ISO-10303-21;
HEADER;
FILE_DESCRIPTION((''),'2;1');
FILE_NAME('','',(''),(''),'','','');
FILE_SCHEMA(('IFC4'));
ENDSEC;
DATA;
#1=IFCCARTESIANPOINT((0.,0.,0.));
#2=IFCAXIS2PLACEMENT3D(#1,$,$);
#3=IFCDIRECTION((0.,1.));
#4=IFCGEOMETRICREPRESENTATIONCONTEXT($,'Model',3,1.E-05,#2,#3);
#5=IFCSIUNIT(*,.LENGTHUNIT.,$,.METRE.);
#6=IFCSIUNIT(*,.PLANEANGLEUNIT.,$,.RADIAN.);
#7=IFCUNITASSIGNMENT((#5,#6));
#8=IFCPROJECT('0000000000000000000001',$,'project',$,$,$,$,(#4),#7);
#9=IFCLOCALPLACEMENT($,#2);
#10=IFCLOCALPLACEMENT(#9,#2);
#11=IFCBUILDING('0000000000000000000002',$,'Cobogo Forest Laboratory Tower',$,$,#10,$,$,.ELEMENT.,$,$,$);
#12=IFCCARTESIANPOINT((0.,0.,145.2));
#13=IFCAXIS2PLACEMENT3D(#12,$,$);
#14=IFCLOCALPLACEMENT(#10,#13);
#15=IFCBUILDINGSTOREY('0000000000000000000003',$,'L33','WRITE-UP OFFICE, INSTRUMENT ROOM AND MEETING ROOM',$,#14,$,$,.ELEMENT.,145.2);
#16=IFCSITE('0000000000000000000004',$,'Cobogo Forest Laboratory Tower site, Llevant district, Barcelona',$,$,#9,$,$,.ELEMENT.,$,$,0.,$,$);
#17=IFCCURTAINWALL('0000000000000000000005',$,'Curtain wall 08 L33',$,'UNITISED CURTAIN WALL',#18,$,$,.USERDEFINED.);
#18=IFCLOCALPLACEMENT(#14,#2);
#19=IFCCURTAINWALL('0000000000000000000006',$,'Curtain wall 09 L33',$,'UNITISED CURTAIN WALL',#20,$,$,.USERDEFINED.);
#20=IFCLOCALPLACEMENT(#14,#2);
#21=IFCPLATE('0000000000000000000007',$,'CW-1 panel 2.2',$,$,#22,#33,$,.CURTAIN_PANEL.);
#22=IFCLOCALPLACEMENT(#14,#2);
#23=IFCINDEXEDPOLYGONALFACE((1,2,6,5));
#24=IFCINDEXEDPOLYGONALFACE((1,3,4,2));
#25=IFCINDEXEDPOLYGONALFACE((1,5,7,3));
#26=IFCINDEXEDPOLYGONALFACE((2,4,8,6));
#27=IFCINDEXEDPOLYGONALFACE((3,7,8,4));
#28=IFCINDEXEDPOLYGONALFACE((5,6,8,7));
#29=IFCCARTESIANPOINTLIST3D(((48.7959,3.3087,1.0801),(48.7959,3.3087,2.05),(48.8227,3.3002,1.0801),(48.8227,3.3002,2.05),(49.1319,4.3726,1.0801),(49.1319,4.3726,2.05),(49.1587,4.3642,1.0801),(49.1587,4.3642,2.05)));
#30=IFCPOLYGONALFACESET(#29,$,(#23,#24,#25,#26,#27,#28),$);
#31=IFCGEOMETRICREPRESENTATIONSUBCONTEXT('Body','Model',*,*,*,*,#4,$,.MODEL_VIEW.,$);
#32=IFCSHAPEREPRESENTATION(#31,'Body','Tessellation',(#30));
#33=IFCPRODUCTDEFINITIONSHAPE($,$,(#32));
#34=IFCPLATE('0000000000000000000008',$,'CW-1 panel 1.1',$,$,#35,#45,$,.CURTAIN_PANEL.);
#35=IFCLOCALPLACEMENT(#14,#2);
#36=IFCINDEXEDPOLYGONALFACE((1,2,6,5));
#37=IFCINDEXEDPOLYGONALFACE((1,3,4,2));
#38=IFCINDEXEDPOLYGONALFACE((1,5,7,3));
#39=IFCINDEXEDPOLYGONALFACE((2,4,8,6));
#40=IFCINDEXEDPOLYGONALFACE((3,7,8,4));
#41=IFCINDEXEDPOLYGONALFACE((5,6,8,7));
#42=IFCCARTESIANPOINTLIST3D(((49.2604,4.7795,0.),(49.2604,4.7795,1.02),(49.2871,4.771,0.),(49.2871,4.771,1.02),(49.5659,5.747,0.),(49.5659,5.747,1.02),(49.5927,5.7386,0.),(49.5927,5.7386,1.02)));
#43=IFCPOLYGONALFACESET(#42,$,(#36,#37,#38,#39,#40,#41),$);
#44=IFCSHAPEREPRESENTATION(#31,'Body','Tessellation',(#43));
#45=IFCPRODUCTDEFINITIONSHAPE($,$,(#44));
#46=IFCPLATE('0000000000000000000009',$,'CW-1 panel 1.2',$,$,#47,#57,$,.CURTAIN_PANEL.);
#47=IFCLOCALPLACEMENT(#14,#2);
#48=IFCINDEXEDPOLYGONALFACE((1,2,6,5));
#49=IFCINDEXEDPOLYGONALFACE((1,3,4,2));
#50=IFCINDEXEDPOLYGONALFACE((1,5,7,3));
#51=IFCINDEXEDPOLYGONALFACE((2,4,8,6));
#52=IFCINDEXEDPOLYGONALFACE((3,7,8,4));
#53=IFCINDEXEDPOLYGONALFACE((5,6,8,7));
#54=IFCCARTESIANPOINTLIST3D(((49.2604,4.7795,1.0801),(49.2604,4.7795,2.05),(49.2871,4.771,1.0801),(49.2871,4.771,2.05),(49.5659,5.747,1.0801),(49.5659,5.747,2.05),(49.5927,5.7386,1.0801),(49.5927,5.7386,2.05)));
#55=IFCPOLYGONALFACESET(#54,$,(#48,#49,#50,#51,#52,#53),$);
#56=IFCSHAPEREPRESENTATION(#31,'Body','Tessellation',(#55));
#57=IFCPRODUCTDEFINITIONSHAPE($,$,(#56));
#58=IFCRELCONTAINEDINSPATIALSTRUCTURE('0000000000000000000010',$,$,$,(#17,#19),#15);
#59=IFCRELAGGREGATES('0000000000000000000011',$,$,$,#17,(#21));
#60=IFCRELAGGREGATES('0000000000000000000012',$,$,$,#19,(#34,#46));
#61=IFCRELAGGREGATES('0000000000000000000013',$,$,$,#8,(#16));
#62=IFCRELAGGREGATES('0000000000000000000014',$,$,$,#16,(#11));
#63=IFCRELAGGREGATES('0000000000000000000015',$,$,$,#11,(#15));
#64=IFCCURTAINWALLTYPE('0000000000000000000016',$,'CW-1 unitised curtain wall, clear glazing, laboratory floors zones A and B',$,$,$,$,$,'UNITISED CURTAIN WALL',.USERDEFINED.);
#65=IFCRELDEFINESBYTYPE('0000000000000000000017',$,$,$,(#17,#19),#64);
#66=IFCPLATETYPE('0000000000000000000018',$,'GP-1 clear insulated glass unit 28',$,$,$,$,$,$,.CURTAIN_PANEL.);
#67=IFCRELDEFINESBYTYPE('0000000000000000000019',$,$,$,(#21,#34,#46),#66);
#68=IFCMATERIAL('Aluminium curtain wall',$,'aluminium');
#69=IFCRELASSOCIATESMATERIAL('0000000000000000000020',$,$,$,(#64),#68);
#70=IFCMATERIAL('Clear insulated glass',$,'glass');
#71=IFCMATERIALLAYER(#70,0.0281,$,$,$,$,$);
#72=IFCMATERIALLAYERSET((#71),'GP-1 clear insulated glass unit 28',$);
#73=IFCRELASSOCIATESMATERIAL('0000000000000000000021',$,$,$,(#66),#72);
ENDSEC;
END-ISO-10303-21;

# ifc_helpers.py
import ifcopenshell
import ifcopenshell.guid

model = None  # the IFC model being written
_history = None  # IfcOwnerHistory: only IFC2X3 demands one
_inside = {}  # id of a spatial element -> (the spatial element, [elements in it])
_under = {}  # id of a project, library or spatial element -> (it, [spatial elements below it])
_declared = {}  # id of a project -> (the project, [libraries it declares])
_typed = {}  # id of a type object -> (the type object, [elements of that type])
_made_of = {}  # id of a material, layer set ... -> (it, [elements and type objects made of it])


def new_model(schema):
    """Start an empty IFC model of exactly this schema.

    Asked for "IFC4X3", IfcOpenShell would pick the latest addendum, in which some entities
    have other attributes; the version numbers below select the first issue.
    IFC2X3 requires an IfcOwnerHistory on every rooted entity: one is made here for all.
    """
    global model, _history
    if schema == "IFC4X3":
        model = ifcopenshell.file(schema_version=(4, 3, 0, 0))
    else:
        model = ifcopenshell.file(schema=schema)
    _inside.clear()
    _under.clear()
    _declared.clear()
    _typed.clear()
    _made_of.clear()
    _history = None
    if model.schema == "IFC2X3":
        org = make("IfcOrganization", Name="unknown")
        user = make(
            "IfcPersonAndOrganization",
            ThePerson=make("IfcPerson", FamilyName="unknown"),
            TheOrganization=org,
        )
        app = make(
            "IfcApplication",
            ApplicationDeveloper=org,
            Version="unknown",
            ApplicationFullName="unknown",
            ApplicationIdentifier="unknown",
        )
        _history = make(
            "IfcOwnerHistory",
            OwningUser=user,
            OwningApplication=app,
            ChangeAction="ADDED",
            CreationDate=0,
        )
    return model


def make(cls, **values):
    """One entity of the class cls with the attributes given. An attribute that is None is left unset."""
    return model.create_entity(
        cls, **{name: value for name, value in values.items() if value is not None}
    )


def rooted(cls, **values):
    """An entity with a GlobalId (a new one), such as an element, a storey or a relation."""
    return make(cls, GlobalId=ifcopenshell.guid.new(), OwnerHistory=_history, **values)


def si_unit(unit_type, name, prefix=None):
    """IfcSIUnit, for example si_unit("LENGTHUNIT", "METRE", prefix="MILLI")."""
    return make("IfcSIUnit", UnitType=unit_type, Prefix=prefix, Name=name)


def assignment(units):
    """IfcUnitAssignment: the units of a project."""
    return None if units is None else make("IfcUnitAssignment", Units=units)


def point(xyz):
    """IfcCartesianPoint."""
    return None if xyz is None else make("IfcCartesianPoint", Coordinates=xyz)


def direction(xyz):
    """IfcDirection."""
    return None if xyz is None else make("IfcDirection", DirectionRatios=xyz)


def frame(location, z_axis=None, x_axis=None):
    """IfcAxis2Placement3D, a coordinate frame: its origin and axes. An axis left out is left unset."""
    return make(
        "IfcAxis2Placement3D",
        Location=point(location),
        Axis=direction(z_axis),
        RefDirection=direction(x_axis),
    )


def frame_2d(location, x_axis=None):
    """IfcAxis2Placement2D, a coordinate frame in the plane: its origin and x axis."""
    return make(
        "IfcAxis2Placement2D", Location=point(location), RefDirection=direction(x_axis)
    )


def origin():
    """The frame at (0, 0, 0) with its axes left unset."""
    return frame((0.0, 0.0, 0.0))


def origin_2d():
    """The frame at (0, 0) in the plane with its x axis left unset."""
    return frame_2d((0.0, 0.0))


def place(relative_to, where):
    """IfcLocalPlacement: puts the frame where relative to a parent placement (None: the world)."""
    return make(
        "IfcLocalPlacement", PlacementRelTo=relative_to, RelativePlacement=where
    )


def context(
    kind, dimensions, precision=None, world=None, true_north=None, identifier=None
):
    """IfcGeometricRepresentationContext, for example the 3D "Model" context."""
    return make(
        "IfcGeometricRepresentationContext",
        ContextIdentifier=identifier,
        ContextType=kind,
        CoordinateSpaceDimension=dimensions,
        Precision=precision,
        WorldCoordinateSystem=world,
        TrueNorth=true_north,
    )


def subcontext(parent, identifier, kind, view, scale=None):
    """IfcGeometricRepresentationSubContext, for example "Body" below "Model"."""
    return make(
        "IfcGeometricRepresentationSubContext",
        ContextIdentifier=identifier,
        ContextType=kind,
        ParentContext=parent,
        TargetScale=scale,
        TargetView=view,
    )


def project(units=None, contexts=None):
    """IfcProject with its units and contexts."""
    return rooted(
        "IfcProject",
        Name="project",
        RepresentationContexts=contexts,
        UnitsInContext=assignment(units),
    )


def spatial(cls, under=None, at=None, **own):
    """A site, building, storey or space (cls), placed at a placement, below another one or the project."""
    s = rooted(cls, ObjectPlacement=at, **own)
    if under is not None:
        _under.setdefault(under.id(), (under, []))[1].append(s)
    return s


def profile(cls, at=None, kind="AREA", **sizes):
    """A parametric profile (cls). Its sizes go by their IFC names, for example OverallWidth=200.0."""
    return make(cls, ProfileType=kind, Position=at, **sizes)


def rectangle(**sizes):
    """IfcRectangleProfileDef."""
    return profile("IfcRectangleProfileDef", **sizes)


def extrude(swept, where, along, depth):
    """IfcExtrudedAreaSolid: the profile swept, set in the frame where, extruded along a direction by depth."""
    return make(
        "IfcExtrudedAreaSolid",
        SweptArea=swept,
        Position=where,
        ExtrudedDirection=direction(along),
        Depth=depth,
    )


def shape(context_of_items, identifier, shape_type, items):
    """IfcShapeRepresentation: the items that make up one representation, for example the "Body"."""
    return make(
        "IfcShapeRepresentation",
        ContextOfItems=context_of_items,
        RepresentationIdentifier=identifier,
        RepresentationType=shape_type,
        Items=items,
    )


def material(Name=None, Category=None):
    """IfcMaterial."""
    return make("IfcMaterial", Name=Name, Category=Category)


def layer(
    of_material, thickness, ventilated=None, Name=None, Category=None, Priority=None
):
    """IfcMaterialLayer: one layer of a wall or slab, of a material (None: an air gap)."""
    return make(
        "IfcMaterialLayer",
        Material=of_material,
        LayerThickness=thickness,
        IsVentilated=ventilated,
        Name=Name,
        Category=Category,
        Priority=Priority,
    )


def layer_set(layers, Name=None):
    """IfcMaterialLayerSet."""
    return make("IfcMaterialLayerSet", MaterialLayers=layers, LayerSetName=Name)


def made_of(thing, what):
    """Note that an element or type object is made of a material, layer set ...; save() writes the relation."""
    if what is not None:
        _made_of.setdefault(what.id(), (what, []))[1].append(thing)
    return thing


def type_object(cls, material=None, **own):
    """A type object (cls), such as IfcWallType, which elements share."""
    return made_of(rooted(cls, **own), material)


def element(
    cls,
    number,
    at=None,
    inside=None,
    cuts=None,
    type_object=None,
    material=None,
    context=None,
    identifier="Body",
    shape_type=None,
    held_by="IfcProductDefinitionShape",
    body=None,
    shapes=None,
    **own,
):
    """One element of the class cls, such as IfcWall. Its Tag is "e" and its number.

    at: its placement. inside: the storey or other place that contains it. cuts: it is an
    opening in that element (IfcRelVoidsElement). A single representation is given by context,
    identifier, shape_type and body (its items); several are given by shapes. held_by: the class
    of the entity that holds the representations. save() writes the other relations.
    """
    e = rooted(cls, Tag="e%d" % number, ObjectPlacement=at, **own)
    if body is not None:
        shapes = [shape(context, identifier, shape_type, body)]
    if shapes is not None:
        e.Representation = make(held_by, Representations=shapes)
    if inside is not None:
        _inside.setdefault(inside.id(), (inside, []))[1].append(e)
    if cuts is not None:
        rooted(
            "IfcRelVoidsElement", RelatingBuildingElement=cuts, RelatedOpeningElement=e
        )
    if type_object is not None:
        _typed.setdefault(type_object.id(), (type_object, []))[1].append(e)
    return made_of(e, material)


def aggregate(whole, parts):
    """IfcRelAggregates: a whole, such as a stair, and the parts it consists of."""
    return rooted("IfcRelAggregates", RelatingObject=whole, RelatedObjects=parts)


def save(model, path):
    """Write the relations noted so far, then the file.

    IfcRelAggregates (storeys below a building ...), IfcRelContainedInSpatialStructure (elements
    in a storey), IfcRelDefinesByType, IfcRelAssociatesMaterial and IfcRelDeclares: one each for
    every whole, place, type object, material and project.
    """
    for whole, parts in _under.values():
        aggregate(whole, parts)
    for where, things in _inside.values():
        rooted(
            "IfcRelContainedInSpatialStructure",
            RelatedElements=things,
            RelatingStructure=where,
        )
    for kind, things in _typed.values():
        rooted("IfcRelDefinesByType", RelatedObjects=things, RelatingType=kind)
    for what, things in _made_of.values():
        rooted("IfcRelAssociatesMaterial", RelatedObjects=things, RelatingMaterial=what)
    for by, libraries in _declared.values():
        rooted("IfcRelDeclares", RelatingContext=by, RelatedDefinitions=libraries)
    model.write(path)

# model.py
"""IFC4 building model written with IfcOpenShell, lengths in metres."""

from ifc_helpers import new_model, si_unit, direction, frame, origin, origin_2d, place, context, subcontext, project, spatial, rectangle, extrude, material, layer, layer_set, type_object, element, aggregate, save


model = new_model("IFC4")

# Units and contexts
model_context = context("Model", 3, precision=1e-05, world=origin(), true_north=direction((0.0, 1.0)))
body_context = subcontext(model_context, "Body", "Model", "MODEL_VIEW")
ifc_project = project(units=[si_unit("LENGTHUNIT", "METRE"), si_unit("PLANEANGLEUNIT", "RADIAN")], contexts=[model_context])

# Site, building, storey
site_placement = place(None, origin())
site = spatial("IfcSite", under=ifc_project, at=site_placement, Name="Cobogo Forest Laboratory Tower site, Llevant district, Barcelona", CompositionType="ELEMENT", RefElevation=0.0)
building_placement = place(site_placement, origin())
building = spatial("IfcBuilding", under=site, at=building_placement, Name="Cobogo Forest Laboratory Tower", CompositionType="ELEMENT")
storey_placement = place(building_placement, frame((0.0, 0.0, 145.2)))
storey = spatial("IfcBuildingStorey", under=building, at=storey_placement, Name="L33", Description="WRITE-UP OFFICE, INSTRUMENT ROOM AND MEETING ROOM", CompositionType="ELEMENT", Elevation=145.2)

# Curtain walls
ifc_material_1 = material(Name="Aluminium curtain wall", Category="aluminium")
curtain_wall_type = type_object("IfcCurtainWallType", Name="CW-1 unitised curtain wall, clear glazing, laboratory floors zones A and B", ElementType="UNITISED CURTAIN WALL", PredefinedType="USERDEFINED", material=ifc_material_1)
curtain_wall_1_placement = place(storey_placement, origin())
curtain_wall_1 = element("IfcCurtainWall", 1, at=curtain_wall_1_placement, inside=storey, type_object=curtain_wall_type, Name="Curtain wall 08 L33", ObjectType="UNITISED CURTAIN WALL", PredefinedType="USERDEFINED")
curtain_wall_2_placement = place(storey_placement, origin())
curtain_wall_2 = element("IfcCurtainWall", 2, at=curtain_wall_2_placement, inside=storey, type_object=curtain_wall_type, Name="Curtain wall 09 L33", ObjectType="UNITISED CURTAIN WALL", PredefinedType="USERDEFINED")

# Plates
ifc_material_2 = material(Name="Clear insulated glass", Category="glass")
ifc_layer = layer(ifc_material_2, 0.0281)
ifc_layer_set = layer_set([ifc_layer], Name="GP-1 clear insulated glass unit 28")
plate_type = type_object("IfcPlateType", Name="GP-1 clear insulated glass unit 28", PredefinedType="CURTAIN_PANEL", material=ifc_layer_set)
plate_1_placement = place(storey_placement, frame((48.9773, 3.8364, 1.0801), z_axis=(0.0, 0.0, 1.0), x_axis=(0.301135, 0.953581, 0.0)))
plate_1 = element("IfcPlate", 3, at=plate_1_placement, type_object=plate_type, Name="CW-1 panel 2.2", PredefinedType="CURTAIN_PANEL", context=body_context, shape_type="SweptSolid", body=[
    extrude(rectangle(XDim=1.1157, YDim=0.0281, at=origin_2d()), origin(), (0.0, 0.0, 1.0), 0.97),
])
aggregate(curtain_wall_1, [plate_1])
plate_2_placement = place(storey_placement, frame((49.4265, 5.259, 0.0), z_axis=(0.0, 0.0, 1.0), x_axis=(0.301136, 0.953581, 0.0)))
plate_2 = element("IfcPlate", 4, at=plate_2_placement, type_object=plate_type, Name="CW-1 panel 1.1", PredefinedType="CURTAIN_PANEL", context=body_context, shape_type="SweptSolid", body=[
    extrude(rectangle(XDim=1.0146, YDim=0.0281, at=origin_2d()), origin(), (0.0, 0.0, 1.0), 1.02),
])
plate_3_placement = place(storey_placement, frame((49.4265, 5.259, 1.0801), z_axis=(0.0, 0.0, 1.0), x_axis=(0.301136, 0.953581, 0.0)))
plate_3 = element("IfcPlate", 5, at=plate_3_placement, type_object=plate_type, Name="CW-1 panel 1.2", PredefinedType="CURTAIN_PANEL", context=body_context, shape_type="SweptSolid", body=[
    extrude(rectangle(XDim=1.0146, YDim=0.0281, at=origin_2d()), origin(), (0.0, 0.0, 1.0), 0.97),
])
aggregate(curtain_wall_2, [plate_2, plate_3])

save(model, "model.ifc")
